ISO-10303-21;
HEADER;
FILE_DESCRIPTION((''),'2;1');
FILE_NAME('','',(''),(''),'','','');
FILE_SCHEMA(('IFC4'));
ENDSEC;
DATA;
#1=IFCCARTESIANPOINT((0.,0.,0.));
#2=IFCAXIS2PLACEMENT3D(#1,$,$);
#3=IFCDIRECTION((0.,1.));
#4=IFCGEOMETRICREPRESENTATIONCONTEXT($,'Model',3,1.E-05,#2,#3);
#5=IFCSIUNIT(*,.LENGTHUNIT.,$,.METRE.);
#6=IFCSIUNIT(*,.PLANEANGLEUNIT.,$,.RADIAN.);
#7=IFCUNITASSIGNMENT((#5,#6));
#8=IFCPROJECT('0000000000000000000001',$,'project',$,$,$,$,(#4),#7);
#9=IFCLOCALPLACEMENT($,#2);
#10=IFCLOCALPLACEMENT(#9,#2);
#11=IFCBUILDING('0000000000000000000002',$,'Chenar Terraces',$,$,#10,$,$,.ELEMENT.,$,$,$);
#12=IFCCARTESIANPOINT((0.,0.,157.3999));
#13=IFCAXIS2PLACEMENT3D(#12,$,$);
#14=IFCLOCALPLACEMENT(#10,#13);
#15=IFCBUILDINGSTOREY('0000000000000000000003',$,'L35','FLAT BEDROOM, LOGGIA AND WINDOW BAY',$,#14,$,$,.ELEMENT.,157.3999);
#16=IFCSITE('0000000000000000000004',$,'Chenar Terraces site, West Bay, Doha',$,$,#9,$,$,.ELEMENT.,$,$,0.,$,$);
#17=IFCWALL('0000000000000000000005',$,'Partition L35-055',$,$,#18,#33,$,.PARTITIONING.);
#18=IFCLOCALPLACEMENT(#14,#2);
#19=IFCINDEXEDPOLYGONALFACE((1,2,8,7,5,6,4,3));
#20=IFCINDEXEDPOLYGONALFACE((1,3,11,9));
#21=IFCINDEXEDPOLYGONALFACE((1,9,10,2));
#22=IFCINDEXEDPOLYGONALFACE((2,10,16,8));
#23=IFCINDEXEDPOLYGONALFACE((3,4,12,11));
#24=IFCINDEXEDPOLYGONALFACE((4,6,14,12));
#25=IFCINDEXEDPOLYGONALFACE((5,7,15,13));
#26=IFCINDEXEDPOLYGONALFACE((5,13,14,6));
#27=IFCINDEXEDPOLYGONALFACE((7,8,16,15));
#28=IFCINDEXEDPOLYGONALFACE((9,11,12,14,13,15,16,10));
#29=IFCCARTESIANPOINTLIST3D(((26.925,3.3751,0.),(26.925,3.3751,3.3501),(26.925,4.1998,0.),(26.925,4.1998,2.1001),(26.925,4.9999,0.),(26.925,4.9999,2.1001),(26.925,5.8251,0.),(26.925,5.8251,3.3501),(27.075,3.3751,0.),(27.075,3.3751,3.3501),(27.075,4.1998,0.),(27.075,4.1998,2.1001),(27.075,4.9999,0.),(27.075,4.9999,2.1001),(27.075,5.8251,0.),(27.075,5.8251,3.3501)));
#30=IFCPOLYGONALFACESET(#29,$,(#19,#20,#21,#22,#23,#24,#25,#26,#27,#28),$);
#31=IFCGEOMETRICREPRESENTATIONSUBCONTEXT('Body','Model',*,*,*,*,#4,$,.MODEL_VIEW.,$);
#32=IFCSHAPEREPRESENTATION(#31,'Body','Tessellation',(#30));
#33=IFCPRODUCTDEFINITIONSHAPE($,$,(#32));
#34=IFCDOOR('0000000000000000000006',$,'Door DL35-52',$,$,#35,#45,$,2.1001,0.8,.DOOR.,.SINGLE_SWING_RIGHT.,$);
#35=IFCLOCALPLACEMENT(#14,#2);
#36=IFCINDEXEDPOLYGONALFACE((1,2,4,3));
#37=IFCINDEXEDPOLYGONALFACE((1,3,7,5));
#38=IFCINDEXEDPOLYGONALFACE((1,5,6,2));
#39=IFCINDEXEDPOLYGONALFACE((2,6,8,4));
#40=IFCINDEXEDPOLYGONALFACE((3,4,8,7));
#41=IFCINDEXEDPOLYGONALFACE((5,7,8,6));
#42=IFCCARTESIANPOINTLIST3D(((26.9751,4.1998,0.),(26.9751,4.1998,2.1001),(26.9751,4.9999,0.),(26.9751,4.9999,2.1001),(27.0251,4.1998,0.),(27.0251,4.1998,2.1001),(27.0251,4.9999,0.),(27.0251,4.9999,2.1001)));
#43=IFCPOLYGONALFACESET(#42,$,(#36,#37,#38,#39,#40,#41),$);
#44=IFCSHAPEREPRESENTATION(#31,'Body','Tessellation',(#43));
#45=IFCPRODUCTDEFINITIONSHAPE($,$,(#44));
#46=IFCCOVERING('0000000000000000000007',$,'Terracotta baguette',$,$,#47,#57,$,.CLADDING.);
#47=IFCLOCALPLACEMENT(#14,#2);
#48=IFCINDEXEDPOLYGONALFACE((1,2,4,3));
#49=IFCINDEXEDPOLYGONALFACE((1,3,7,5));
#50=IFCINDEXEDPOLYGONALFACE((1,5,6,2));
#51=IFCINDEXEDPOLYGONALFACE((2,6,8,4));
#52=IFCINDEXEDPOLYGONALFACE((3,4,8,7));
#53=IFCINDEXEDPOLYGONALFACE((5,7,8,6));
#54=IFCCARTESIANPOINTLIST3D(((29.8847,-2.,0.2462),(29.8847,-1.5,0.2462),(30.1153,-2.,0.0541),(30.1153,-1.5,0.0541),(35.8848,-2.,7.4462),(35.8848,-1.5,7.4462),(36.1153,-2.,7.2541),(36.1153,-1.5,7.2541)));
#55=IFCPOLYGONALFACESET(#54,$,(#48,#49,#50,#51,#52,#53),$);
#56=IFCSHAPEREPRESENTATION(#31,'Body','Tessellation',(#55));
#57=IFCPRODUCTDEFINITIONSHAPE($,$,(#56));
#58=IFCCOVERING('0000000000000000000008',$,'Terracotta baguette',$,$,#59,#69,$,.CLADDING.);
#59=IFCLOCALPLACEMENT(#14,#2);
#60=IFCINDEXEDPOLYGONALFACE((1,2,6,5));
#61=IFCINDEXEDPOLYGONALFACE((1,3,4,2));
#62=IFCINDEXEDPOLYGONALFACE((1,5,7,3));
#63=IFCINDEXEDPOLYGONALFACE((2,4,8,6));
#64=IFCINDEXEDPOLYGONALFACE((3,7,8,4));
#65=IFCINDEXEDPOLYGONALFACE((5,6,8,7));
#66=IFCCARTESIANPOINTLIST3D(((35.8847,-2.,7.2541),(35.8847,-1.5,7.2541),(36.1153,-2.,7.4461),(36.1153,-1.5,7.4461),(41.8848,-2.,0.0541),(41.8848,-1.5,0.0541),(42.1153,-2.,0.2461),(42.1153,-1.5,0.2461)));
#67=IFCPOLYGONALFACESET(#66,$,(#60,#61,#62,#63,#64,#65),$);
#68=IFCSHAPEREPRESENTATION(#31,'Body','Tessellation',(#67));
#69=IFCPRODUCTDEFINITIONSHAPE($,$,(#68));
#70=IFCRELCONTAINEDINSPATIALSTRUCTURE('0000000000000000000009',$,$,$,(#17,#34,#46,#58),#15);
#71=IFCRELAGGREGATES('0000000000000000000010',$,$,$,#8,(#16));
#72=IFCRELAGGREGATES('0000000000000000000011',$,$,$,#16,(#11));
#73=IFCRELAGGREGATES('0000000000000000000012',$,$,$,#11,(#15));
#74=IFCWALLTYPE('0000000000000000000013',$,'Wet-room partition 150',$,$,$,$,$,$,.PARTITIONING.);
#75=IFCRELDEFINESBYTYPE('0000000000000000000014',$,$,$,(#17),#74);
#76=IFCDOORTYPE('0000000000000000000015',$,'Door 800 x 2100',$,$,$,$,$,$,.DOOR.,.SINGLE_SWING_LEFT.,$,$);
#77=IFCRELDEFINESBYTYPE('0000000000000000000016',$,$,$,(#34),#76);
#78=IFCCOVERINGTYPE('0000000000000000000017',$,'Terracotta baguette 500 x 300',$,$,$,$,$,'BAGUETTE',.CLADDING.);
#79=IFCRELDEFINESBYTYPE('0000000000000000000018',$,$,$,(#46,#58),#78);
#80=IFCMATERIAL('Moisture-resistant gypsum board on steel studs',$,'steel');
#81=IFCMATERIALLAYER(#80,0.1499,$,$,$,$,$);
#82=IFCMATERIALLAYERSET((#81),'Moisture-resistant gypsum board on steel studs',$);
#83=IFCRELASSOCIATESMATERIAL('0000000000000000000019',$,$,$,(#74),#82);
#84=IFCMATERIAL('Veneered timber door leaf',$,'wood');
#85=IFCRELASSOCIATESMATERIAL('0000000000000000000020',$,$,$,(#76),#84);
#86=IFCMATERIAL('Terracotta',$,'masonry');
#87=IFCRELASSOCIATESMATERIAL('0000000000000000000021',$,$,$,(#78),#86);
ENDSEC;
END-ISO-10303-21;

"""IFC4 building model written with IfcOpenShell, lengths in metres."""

from ifc_helpers import new_model, si_unit, direction, frame, frame_2d, origin, origin_2d, place, context, subcontext, project, spatial, rectangle, extrude, material, layer, layer_set, material_profile, profile_set, type_object, element, fill, save


model = new_model("IFC4")

# Units and contexts
model_context = context("Model", 3, precision=1e-05, world=origin(), true_north=direction((0.0, 1.0)))
body_context = subcontext(model_context, "Body", "Model", "MODEL_VIEW")
ifc_project = project(units=[si_unit("LENGTHUNIT", "METRE"), si_unit("PLANEANGLEUNIT", "RADIAN")], contexts=[model_context])

# Site, building, storey
site_placement = place(None, origin())
site = spatial("IfcSite", under=ifc_project, at=site_placement, Name="Chenar Terraces site, West Bay, Doha", CompositionType="ELEMENT", RefElevation=0.0)
building_placement = place(site_placement, origin())
building = spatial("IfcBuilding", under=site, at=building_placement, Name="Chenar Terraces", CompositionType="ELEMENT")
storey_placement = place(building_placement, frame((0.0, 0.0, 157.3999)))
storey = spatial("IfcBuildingStorey", under=building, at=storey_placement, Name="L35", Description="FLAT BEDROOM, LOGGIA AND WINDOW BAY", CompositionType="ELEMENT", Elevation=157.3999)

# Shared definitions
ifc_material_1 = material(Name="Moisture-resistant gypsum board on steel studs", Category="steel")
ifc_layer_1 = layer(ifc_material_1, 0.1499)
ifc_layer_set_1 = layer_set([ifc_layer_1], Name="Moisture-resistant gypsum board on steel studs")
wall_type_1 = type_object("IfcWallType", Name="Wet-room partition 150", PredefinedType="PARTITIONING", material=ifc_layer_set_1)

# Wall, opening, door
wall_1_placement = place(storey_placement, frame((27.0, 3.375, 0.0), z_axis=(0.0, 0.0, 1.0), x_axis=(0.0, 1.0, 0.0)))
wall_1 = element("IfcWall", 1, at=wall_1_placement, inside=storey, type_object=wall_type_1, Name="Partition L35-055", PredefinedType="PARTITIONING", context=body_context, shape_type="SweptSolid", body=[
    extrude(rectangle(XDim=2.45, YDim=0.1499, at=frame_2d((1.2251, 0.0))), origin(), (0.0, 0.0, 1.0), 3.3501),
])
opening_1_placement = place(wall_1_placement, frame((0.825, 0.0, 0.0)))
opening_1 = element("IfcOpeningElement", 2, at=opening_1_placement, cuts=wall_1, PredefinedType="OPENING", context=body_context, shape_type="SweptSolid", body=[
    extrude(rectangle(XDim=0.8, YDim=2.1001, at=frame_2d((0.3999, 1.05))), frame((0.0, 0.085, 0.0), z_axis=(0.0, -1.0, 0.0), x_axis=(1.0, 0.0, 0.0)), (0.0, 0.0, 1.0), 0.1699),
])
ifc_material_2 = material(Name="Veneered timber door leaf", Category="wood")
door_type_1 = type_object("IfcDoorType", Name="Door 800 x 2100", OperationType="SINGLE_SWING_LEFT", PredefinedType="DOOR", material=ifc_material_2)
door_1_placement = place(opening_1_placement, origin())
door_1 = element("IfcDoor", 3, at=door_1_placement, inside=storey, type_object=door_type_1, Name="Door DL35-52", OperationType="SINGLE_SWING_RIGHT", OverallHeight=2.1001, OverallWidth=0.8, PredefinedType="DOOR", context=body_context, shape_type="SweptSolid", body=[
    extrude(rectangle(XDim=0.8, YDim=2.1001, at=frame_2d((0.3999, 1.05))), frame((0.0, 0.0249, 0.0), z_axis=(0.0, -1.0, 0.0), x_axis=(1.0, 0.0, 0.0)), (0.0, 0.0, 1.0), 0.05),
])
fill(opening_1, door_1)

# Coverings
ifc_material_3 = material(Name="Terracotta", Category="masonry")
ifc_material_profile_1 = material_profile(ifc_material_3, rectangle(XDim=0.5, YDim=0.3, at=origin_2d()), Name="Terracotta baguette 500 x 300")
ifc_profile_set_1 = profile_set([ifc_material_profile_1], Name="Terracotta")
covering_type = type_object("IfcCoveringType", Name="Terracotta baguette 500 x 300", ElementType="BAGUETTE", PredefinedType="CLADDING", material=ifc_profile_set_1)
for number, where, z_axis, x_axis, name in (
    (4, (30.0, -1.75, 0.1501), (0.640187, 0.0, 0.768219), (0.0, 1.0, 0.0), "Terracotta baguette"),
    (5, (36.0, -1.75, 7.3501), (0.640187, 0.0, -0.768219), (0.0, 1.0, 0.0), "Terracotta baguette"),
):
    element("IfcCovering", number, at=place(storey_placement, frame(where, z_axis=z_axis, x_axis=x_axis)), inside=storey, type_object=covering_type, Name=name, PredefinedType="CLADDING", context=body_context, shape_type="SweptSolid", body=[
        extrude(rectangle(XDim=0.5, YDim=0.3, at=origin_2d()), origin(), (0.0, 0.0, 1.0), 9.3723),
    ])

save(model, "model.ifc")
